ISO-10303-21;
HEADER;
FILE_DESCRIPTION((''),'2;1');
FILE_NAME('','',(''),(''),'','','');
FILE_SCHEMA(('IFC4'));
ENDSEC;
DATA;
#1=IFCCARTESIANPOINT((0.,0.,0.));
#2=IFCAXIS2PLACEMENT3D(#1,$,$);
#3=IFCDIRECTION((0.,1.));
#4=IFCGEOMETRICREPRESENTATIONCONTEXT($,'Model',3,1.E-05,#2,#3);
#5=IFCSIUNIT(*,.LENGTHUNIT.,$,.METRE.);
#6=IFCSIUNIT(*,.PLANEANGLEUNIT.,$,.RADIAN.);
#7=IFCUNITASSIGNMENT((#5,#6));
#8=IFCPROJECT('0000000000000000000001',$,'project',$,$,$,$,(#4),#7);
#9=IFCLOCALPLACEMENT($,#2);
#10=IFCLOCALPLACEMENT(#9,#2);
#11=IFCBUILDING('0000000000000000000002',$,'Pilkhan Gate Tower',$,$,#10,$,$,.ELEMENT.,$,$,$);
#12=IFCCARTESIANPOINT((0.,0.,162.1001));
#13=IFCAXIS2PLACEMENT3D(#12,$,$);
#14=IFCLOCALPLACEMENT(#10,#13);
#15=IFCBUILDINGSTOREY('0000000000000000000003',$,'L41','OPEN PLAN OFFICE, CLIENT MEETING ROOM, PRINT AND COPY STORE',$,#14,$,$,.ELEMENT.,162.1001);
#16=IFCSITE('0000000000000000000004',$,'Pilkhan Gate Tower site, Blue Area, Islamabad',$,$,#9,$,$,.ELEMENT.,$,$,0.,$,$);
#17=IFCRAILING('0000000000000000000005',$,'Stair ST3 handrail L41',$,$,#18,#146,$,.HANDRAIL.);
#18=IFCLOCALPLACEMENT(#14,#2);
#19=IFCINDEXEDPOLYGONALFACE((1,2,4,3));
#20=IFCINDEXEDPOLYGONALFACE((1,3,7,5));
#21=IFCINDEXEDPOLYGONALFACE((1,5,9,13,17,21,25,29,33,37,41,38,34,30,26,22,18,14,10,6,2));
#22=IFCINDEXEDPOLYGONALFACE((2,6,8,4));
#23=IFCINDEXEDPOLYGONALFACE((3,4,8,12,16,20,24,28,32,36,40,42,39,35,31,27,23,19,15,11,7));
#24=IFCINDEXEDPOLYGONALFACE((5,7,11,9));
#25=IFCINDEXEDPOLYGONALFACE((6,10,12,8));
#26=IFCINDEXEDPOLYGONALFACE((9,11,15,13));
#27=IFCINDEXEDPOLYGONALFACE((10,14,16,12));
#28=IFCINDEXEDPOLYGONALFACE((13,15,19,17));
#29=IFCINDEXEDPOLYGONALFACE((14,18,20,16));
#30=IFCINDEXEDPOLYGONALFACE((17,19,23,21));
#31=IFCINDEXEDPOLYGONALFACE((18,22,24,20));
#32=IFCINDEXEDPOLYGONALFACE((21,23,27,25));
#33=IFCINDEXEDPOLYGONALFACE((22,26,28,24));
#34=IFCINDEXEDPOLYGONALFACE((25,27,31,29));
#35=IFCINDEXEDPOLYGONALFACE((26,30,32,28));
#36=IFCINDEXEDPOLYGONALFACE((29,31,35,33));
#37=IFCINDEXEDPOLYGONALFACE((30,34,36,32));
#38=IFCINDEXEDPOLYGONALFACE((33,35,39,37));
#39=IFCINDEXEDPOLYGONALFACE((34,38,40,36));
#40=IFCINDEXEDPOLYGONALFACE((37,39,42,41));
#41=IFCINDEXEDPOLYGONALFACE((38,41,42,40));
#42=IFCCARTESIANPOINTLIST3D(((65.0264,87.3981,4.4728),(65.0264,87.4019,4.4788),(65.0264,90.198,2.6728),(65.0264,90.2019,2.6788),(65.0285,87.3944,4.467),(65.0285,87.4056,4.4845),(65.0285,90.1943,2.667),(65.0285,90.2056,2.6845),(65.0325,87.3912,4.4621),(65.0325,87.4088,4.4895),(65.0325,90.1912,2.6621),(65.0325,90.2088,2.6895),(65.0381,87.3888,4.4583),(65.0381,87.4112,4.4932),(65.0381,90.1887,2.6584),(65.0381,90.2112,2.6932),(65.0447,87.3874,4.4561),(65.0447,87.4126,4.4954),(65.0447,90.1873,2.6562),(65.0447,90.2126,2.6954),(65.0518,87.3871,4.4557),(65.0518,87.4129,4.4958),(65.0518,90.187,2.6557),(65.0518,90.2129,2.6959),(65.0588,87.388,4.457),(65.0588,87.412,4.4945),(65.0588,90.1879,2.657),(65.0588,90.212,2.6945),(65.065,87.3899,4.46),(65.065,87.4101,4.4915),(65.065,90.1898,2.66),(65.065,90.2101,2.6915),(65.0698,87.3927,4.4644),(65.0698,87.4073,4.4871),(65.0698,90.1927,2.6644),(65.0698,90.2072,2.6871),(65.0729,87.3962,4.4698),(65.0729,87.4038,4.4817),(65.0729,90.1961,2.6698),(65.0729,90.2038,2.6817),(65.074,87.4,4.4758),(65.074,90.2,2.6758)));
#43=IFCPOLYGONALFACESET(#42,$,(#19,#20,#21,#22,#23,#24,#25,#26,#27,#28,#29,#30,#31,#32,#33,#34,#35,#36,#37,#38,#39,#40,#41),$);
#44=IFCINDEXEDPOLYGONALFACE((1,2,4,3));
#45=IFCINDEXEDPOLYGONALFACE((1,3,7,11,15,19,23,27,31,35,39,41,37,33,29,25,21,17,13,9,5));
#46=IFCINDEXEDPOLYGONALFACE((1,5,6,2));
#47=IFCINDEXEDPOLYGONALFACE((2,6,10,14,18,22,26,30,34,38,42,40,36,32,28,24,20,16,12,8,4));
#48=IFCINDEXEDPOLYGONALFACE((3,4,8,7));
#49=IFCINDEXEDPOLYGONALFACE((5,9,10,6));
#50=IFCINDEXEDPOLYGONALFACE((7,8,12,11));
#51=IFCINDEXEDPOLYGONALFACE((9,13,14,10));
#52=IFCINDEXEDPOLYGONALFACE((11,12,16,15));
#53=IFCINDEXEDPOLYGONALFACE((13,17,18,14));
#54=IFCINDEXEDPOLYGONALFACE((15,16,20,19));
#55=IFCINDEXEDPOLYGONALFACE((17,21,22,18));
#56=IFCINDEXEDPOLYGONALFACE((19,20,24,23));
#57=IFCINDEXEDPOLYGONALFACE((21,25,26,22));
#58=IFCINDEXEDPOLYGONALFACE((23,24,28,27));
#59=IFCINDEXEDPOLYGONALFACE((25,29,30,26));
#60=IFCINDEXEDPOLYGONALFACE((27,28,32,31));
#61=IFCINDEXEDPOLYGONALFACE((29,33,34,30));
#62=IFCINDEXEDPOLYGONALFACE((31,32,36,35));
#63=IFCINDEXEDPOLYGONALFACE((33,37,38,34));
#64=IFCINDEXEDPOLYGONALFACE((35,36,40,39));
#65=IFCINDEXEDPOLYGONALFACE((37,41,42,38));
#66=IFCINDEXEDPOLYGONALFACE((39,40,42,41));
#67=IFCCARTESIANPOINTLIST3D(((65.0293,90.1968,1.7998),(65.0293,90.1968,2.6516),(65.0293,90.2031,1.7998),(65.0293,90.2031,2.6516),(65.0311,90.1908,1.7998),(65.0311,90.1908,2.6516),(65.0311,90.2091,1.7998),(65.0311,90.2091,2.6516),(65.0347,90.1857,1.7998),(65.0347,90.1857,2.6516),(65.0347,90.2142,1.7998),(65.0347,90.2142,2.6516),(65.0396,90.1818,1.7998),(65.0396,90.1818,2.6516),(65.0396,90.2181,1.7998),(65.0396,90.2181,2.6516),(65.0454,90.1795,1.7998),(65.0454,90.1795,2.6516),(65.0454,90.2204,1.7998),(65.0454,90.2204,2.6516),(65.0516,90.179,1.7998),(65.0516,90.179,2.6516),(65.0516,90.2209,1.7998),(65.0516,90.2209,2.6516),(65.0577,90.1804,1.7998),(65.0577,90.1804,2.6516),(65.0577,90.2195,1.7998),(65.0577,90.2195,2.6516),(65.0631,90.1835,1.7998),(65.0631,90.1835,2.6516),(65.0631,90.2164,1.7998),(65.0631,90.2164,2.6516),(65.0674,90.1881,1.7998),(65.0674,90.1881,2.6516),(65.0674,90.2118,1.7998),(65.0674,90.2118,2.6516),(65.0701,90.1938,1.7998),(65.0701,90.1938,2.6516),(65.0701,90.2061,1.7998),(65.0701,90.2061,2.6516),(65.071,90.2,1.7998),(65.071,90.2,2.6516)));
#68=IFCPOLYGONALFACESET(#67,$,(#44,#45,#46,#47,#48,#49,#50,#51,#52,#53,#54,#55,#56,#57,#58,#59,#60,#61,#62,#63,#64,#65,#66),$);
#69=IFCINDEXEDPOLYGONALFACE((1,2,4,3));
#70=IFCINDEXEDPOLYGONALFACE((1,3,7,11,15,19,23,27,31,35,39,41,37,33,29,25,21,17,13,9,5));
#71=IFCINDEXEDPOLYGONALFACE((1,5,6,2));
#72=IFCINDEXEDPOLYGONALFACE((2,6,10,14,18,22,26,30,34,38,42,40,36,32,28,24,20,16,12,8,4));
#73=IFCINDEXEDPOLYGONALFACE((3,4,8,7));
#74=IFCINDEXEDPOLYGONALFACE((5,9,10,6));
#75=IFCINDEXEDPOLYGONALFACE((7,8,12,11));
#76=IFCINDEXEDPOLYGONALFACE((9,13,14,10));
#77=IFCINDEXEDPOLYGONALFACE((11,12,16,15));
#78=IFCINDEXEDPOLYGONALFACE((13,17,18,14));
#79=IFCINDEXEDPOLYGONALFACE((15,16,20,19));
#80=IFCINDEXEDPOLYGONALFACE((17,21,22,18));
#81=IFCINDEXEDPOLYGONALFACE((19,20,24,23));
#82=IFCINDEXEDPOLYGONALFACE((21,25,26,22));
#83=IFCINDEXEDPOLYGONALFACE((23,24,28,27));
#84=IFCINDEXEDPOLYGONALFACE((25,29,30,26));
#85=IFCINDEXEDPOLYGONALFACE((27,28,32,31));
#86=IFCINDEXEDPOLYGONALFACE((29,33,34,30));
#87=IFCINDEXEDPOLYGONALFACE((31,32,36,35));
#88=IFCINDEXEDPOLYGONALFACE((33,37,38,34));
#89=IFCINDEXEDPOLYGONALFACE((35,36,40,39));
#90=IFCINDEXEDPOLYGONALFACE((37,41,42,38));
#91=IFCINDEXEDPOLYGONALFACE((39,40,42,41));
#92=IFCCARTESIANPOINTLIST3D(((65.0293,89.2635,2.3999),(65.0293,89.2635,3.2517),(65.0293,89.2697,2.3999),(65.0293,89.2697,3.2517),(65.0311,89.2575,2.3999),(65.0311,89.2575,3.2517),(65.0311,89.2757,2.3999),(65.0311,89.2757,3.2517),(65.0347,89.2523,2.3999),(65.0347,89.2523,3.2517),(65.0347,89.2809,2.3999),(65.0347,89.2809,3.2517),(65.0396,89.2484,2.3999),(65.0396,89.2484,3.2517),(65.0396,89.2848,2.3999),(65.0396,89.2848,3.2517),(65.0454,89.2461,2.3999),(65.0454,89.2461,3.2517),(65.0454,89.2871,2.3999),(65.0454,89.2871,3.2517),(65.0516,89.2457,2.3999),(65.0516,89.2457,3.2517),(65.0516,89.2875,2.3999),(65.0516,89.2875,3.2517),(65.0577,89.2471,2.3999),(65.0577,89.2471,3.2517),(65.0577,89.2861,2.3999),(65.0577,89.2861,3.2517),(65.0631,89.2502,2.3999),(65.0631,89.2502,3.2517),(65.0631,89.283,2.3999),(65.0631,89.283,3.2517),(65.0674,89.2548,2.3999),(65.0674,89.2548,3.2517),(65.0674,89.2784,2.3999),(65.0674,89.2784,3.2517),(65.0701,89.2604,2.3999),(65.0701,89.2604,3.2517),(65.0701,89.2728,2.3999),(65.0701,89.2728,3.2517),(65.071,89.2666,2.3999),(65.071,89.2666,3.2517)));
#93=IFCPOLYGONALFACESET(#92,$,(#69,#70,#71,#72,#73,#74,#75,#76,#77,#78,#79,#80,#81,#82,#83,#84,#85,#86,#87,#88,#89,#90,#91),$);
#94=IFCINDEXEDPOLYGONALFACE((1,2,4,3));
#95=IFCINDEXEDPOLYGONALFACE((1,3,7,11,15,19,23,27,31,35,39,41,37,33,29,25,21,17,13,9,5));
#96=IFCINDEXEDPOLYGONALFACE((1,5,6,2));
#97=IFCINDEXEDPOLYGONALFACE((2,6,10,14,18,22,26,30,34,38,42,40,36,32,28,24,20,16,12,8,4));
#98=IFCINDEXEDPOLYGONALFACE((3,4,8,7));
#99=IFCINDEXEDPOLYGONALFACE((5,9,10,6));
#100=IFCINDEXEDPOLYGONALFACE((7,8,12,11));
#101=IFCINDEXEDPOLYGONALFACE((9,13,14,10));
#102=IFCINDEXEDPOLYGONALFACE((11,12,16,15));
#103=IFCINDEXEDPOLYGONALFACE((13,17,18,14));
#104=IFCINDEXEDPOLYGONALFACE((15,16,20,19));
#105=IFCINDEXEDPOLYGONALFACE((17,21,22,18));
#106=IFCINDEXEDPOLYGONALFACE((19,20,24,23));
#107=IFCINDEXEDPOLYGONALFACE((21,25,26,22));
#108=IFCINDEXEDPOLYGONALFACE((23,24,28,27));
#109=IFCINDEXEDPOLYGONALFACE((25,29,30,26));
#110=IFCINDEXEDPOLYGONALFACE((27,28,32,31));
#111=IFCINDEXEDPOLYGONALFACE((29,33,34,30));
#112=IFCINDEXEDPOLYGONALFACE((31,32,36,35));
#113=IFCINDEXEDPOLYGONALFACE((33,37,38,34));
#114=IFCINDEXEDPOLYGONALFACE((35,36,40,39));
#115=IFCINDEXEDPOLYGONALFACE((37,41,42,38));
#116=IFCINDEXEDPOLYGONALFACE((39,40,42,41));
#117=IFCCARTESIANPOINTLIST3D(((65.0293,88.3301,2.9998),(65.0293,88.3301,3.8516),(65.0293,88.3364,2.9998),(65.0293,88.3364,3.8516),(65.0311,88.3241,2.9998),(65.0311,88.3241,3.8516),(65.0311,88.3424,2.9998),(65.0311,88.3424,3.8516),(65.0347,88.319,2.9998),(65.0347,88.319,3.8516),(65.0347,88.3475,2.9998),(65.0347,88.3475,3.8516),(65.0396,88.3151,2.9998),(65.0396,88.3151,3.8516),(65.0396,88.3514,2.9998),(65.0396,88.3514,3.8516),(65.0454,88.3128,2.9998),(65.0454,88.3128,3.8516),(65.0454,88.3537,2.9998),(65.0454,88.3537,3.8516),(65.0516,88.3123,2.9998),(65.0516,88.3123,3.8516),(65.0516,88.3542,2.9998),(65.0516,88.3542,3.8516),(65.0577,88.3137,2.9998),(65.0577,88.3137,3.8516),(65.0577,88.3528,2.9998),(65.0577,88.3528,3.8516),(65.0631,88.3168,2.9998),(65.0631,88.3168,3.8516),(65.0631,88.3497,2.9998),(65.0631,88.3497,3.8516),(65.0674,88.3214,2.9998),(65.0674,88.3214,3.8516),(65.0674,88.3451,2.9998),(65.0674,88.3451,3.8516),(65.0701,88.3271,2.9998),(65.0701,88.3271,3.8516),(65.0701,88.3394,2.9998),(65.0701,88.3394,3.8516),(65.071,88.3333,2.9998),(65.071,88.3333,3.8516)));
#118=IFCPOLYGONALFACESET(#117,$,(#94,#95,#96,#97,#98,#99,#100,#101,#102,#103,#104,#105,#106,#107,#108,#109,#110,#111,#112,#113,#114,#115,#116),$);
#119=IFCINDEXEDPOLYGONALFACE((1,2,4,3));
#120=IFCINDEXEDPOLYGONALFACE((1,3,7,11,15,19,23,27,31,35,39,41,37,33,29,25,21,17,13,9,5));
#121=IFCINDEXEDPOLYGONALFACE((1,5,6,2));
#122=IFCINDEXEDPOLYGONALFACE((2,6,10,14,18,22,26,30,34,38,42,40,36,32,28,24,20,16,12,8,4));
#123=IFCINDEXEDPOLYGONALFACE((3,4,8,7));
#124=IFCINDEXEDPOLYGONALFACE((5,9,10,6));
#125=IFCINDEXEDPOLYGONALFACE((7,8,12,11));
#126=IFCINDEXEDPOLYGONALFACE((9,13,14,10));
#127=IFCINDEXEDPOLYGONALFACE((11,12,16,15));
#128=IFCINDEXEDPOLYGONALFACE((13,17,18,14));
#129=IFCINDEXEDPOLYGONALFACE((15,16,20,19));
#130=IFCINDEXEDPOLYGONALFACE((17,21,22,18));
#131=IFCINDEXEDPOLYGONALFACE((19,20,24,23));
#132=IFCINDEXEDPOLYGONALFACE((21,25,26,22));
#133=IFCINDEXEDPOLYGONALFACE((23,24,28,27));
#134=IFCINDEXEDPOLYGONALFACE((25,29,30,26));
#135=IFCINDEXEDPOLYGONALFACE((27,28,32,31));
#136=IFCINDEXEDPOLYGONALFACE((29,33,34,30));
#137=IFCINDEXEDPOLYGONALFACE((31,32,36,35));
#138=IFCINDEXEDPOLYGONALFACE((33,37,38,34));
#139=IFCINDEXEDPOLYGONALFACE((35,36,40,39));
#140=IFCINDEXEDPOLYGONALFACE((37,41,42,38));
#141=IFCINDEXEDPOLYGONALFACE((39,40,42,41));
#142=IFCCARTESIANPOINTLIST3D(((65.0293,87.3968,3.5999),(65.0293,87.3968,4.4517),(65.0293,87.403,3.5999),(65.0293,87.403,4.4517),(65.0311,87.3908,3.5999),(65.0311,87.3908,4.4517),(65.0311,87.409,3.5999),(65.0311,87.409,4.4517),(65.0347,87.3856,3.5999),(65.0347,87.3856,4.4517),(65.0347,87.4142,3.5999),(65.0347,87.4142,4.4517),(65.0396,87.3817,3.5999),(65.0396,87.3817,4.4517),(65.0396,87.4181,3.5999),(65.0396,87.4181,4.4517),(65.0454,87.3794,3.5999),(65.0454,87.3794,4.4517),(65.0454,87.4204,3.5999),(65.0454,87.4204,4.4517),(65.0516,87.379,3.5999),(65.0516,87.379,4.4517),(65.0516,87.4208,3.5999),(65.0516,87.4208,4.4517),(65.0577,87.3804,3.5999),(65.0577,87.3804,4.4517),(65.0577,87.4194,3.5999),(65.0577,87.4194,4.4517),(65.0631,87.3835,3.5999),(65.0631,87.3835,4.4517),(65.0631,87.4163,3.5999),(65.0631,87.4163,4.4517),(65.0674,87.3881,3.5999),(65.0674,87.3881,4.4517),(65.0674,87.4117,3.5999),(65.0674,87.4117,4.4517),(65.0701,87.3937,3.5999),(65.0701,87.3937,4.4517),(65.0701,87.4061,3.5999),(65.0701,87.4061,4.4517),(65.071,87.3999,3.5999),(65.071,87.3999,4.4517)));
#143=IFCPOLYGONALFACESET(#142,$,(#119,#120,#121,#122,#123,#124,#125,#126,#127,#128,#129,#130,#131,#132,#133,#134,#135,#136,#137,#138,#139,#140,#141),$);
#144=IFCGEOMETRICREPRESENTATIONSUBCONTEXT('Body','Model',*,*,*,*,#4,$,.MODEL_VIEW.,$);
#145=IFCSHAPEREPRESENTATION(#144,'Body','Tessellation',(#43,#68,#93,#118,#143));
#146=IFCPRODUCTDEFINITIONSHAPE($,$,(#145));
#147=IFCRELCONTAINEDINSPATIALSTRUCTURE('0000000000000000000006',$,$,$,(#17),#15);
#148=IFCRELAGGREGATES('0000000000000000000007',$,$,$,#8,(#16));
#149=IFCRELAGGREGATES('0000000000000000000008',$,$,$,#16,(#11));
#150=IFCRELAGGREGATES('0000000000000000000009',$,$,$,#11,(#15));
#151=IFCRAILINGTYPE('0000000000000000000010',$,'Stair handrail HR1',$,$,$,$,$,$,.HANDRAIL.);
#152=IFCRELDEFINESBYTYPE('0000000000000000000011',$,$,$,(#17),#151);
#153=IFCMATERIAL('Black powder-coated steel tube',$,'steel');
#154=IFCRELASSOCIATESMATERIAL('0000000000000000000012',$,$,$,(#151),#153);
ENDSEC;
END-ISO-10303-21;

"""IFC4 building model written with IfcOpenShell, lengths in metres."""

from ifc_helpers import new_model, si_unit, direction, frame, origin, origin_2d, place, context, subcontext, project, spatial, circle, extrude, material, type_object, element, save


model = new_model("IFC4")

# Units and contexts
model_context = context("Model", 3, precision=1e-05, world=origin(), true_north=direction((0.0, 1.0)))
body_context = subcontext(model_context, "Body", "Model", "MODEL_VIEW")
ifc_project = project(units=[si_unit("LENGTHUNIT", "METRE"), si_unit("PLANEANGLEUNIT", "RADIAN")], contexts=[model_context])

# Site, building, storey
site_placement = place(None, origin())
site = spatial("IfcSite", under=ifc_project, at=site_placement, Name="Pilkhan Gate Tower site, Blue Area, Islamabad", CompositionType="ELEMENT", RefElevation=0.0)
building_placement = place(site_placement, origin())
building = spatial("IfcBuilding", under=site, at=building_placement, Name="Pilkhan Gate Tower", CompositionType="ELEMENT")
storey_placement = place(building_placement, frame((0.0, 0.0, 162.1001)))
storey = spatial("IfcBuildingStorey", under=building, at=storey_placement, Name="L41", Description="OPEN PLAN OFFICE, CLIENT MEETING ROOM, PRINT AND COPY STORE", CompositionType="ELEMENT", Elevation=162.1001)

# Railing
ifc_material_1 = material(Name="Black powder-coated steel tube", Category="steel")
railing_type_1 = type_object("IfcRailingType", Name="Stair handrail HR1", PredefinedType="HANDRAIL", material=ifc_material_1)
railing_1_placement = place(storey_placement, frame((65.05, 90.2, 1.7998)))
element("IfcRailing", 1, at=railing_1_placement, inside=storey, type_object=railing_type_1, Name="Stair ST3 handrail L41", PredefinedType="HANDRAIL", context=body_context, shape_type="SweptSolid", body=[
    extrude(circle(Radius=0.0239, at=origin_2d()), frame((0.0, 0.0, 0.876), z_axis=(0.0, -0.841176, 0.540761), x_axis=(1.0, 0.0, 0.0)), (0.0, 0.0, 1.0), 3.3286),
    extrude(circle(Radius=0.021, at=origin_2d()), origin(), (0.0, 0.0, 1.0), 0.8518),
    extrude(circle(Radius=0.021, at=origin_2d()), frame((0.0, -0.9333, 0.6001)), (0.0, 0.0, 1.0), 0.8518),
    extrude(circle(Radius=0.021, at=origin_2d()), frame((0.0, -1.8667, 1.2)), (0.0, 0.0, 1.0), 0.8518),
    extrude(circle(Radius=0.021, at=origin_2d()), frame((0.0, -2.8, 1.8)), (0.0, 0.0, 1.0), 0.8518),
])

save(model, "model.ifc")
